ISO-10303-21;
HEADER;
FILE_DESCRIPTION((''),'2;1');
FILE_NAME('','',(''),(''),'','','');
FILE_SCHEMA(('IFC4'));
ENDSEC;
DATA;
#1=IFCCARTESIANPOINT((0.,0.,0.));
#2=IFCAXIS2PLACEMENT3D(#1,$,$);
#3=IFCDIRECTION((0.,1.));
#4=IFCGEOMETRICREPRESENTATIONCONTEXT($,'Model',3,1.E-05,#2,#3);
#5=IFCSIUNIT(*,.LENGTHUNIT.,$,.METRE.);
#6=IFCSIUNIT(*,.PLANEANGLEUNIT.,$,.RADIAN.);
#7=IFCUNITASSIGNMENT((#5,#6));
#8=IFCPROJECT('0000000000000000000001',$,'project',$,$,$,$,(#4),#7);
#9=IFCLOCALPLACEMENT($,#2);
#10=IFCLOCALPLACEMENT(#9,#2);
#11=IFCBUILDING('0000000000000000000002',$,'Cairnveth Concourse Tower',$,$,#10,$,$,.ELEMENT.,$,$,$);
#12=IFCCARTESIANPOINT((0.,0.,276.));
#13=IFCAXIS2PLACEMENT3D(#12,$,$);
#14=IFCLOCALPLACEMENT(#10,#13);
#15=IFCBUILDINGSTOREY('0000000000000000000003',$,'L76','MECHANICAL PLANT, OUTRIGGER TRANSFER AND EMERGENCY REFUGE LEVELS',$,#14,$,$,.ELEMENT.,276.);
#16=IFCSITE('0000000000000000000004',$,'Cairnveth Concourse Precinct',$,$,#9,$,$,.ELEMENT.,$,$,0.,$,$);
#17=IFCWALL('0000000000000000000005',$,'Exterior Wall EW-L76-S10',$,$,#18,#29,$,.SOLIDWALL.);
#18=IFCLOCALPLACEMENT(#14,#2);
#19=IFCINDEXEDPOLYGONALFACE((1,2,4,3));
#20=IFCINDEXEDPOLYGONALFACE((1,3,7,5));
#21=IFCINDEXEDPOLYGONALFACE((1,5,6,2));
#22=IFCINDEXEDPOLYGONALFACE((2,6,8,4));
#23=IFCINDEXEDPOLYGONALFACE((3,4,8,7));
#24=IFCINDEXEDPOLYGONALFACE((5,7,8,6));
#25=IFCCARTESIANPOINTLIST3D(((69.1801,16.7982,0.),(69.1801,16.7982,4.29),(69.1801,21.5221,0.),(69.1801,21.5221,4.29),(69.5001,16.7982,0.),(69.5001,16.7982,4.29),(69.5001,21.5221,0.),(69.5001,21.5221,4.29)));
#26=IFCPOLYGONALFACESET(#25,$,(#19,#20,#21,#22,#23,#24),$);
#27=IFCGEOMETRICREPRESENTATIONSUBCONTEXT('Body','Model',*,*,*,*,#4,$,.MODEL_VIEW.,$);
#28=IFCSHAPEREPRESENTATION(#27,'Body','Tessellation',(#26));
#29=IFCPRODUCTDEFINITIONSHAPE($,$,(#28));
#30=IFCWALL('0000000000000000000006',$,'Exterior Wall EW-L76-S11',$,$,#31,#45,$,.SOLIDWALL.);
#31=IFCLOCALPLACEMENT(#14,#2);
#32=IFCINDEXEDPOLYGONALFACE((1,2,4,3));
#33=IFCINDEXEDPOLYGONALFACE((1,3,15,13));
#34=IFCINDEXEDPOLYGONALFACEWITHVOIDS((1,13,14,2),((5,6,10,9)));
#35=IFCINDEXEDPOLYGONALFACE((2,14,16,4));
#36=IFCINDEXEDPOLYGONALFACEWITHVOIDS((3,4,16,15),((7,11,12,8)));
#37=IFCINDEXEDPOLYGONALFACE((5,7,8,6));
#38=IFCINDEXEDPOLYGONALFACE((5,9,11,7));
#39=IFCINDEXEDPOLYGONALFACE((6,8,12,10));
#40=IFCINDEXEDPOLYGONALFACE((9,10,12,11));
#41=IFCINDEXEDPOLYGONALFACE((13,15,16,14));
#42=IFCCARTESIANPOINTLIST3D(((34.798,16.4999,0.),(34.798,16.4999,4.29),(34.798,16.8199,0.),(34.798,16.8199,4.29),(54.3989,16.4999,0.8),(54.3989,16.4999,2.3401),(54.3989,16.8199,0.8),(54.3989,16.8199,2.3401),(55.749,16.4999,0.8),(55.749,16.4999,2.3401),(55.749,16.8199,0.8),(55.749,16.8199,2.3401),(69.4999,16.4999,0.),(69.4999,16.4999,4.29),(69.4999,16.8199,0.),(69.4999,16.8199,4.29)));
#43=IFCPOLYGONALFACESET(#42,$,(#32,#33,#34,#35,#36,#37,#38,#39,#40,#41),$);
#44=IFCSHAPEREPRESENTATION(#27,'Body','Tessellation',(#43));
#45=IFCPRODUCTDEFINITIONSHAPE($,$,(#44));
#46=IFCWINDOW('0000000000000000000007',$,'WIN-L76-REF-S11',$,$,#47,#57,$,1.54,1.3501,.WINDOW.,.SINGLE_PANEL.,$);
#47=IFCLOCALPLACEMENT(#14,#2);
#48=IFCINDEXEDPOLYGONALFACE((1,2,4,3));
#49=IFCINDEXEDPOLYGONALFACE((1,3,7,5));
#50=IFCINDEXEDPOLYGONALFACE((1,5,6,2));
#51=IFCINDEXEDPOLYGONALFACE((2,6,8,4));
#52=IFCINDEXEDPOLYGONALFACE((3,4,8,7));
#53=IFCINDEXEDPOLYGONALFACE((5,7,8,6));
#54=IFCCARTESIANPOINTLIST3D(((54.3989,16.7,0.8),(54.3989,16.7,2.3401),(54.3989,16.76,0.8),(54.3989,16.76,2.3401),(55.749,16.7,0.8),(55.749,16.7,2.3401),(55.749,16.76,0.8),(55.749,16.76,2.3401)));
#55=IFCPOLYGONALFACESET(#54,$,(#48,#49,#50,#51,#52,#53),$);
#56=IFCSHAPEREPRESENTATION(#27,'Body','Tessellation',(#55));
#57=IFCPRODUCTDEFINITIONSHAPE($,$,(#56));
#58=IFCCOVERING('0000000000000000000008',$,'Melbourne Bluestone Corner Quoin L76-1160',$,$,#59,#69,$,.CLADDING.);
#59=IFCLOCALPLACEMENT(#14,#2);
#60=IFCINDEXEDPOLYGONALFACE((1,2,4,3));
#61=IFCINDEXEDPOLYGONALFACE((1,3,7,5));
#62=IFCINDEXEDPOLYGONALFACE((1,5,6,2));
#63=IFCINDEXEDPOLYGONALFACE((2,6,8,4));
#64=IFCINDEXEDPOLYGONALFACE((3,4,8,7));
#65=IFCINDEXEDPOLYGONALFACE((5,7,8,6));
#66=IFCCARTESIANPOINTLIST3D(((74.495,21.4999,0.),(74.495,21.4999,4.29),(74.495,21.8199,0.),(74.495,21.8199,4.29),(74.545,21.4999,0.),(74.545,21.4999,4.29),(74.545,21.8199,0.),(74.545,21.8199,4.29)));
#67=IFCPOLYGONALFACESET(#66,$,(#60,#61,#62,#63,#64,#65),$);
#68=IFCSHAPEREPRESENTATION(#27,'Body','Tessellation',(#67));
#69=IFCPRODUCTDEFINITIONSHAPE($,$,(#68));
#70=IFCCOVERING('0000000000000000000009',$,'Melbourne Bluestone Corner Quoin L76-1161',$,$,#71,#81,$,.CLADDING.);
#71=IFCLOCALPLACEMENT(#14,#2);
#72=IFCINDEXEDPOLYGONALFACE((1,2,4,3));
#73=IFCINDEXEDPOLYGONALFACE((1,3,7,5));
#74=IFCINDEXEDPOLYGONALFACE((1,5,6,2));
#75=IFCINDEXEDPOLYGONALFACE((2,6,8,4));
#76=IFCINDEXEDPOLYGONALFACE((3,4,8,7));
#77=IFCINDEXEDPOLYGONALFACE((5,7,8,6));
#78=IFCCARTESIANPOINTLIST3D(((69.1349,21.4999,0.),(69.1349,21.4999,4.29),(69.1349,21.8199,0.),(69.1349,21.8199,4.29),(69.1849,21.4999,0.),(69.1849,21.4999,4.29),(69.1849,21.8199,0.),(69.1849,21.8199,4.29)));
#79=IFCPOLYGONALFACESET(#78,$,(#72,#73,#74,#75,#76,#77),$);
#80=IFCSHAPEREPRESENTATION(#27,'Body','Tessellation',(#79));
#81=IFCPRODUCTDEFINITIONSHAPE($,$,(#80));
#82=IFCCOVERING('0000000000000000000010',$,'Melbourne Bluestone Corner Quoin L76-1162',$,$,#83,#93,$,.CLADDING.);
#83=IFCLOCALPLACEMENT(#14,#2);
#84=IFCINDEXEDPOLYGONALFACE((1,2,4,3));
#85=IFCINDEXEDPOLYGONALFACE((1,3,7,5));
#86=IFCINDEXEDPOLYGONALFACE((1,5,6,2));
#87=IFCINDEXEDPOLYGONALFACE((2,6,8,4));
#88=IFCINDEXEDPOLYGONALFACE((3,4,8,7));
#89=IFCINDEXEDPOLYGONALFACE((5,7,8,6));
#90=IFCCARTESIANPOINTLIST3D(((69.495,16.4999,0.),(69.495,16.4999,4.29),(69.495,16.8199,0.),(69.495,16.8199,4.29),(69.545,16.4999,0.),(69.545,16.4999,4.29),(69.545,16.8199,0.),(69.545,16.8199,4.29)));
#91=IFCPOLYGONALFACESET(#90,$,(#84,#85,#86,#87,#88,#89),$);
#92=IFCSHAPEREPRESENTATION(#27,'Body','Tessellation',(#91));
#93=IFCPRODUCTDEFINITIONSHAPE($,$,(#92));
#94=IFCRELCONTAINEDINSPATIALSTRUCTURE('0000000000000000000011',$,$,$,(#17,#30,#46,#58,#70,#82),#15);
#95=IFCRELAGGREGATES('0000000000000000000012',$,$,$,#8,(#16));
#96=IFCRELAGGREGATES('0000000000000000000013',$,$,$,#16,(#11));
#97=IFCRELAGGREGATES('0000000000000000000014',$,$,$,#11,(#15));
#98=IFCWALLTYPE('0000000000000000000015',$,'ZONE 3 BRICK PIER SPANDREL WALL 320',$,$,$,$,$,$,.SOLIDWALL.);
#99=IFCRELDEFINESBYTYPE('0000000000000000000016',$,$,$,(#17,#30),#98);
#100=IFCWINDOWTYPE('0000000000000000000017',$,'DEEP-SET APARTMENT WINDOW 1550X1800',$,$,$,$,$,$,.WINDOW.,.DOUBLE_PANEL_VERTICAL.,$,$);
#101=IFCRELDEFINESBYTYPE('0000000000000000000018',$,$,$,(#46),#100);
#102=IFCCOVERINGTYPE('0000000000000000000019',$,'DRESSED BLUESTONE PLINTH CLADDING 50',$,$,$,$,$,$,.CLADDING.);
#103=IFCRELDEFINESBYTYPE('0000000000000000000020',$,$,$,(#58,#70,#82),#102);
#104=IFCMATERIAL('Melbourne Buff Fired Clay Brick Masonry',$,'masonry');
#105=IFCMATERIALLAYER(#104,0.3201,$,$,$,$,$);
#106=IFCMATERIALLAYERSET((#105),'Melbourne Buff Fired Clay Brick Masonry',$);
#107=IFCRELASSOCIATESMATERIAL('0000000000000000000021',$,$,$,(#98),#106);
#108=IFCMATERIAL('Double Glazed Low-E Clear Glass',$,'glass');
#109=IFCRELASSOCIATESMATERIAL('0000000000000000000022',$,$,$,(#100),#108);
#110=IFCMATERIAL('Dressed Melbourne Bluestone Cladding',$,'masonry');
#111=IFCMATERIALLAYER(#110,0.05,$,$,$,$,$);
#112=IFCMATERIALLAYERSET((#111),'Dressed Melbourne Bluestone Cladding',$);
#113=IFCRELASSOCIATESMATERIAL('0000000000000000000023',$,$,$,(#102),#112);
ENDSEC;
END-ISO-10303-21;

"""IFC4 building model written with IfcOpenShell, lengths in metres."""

from ifc_helpers import new_model, si_unit, direction, frame, frame_2d, origin, place, context, subcontext, project, spatial, rectangle, extrude, material, layer, layer_set, type_object, element, fill, save


model = new_model("IFC4")

# Units and contexts
model_context = context("Model", 3, precision=1e-05, world=origin(), true_north=direction((0.0, 1.0)))
body_context = subcontext(model_context, "Body", "Model", "MODEL_VIEW")
ifc_project = project(units=[si_unit("LENGTHUNIT", "METRE"), si_unit("PLANEANGLEUNIT", "RADIAN")], contexts=[model_context])

# Site, building, storey
site_placement = place(None, origin())
site = spatial("IfcSite", under=ifc_project, at=site_placement, Name="Cairnveth Concourse Precinct", CompositionType="ELEMENT", RefElevation=0.0)
building_placement = place(site_placement, origin())
building = spatial("IfcBuilding", under=site, at=building_placement, Name="Cairnveth Concourse Tower", CompositionType="ELEMENT")
storey_placement = place(building_placement, frame((0.0, 0.0, 276.0)))
storey = spatial("IfcBuildingStorey", under=building, at=storey_placement, Name="L76", Description="MECHANICAL PLANT, OUTRIGGER TRANSFER AND EMERGENCY REFUGE LEVELS", CompositionType="ELEMENT", Elevation=276.0)

# Wall
ifc_material_1 = material(Name="Melbourne Buff Fired Clay Brick Masonry", Category="masonry")
ifc_layer_1 = layer(ifc_material_1, 0.3201)
ifc_layer_set_1 = layer_set([ifc_layer_1], Name="Melbourne Buff Fired Clay Brick Masonry")
wall_type = type_object("IfcWallType", Name="ZONE 3 BRICK PIER SPANDREL WALL 320", PredefinedType="SOLIDWALL", material=ifc_layer_set_1)
wall_1_placement = place(storey_placement, frame((69.3401, 21.522, 0.0), z_axis=(0.0, 0.0, 1.0), x_axis=(0.0, -1.0, 0.0)))
element("IfcWall", 1, at=wall_1_placement, inside=storey, type_object=wall_type, Name="Exterior Wall EW-L76-S10", PredefinedType="SOLIDWALL", context=body_context, shape_type="SweptSolid", body=[
    extrude(rectangle(XDim=4.7239, YDim=0.3201, at=frame_2d((2.3618, 0.0))), origin(), (0.0, 0.0, 1.0), 4.29),
])

# Wall, opening, window
wall_2_placement = place(storey_placement, frame((69.5, 16.6599, 0.0), z_axis=(0.0, 0.0, 1.0), x_axis=(-1.0, 0.0, 0.0)))
wall_2 = element("IfcWall", 2, at=wall_2_placement, inside=storey, type_object=wall_type, Name="Exterior Wall EW-L76-S11", PredefinedType="SOLIDWALL", context=body_context, shape_type="SweptSolid", body=[
    extrude(rectangle(XDim=34.7019, YDim=0.3201, at=frame_2d((17.3511, 0.0))), origin(), (0.0, 0.0, 1.0), 4.29),
])
opening_placement = place(wall_2_placement, frame((13.751, 0.0, 0.8)))
opening = element("IfcOpeningElement", 3, at=opening_placement, cuts=wall_2, PredefinedType="OPENING", context=body_context, shape_type="SweptSolid", body=[
    extrude(rectangle(XDim=1.3501, YDim=1.54, at=frame_2d((0.675, 0.77))), frame((0.0, 0.1699, 0.0), z_axis=(0.0, -1.0, 0.0), x_axis=(1.0, 0.0, 0.0)), (0.0, 0.0, 1.0), 0.3401),
])
ifc_material_2 = material(Name="Double Glazed Low-E Clear Glass", Category="glass")
window_type = type_object("IfcWindowType", Name="DEEP-SET APARTMENT WINDOW 1550X1800", PartitioningType="DOUBLE_PANEL_VERTICAL", PredefinedType="WINDOW", material=ifc_material_2)
window_placement = place(opening_placement, origin())
window = element("IfcWindow", 4, at=window_placement, inside=storey, type_object=window_type, Name="WIN-L76-REF-S11", OverallHeight=1.54, OverallWidth=1.3501, PartitioningType="SINGLE_PANEL", PredefinedType="WINDOW", context=body_context, shape_type="SweptSolid", body=[
    extrude(rectangle(XDim=1.3501, YDim=1.54, at=frame_2d((0.675, 0.77))), frame((0.0, -0.04, 0.0), z_axis=(0.0, -1.0, 0.0), x_axis=(1.0, 0.0, 0.0)), (0.0, 0.0, 1.0), 0.0601),
])
fill(opening, window)

# Coverings
ifc_material_3 = material(Name="Dressed Melbourne Bluestone Cladding", Category="masonry")
ifc_layer_2 = layer(ifc_material_3, 0.05)
ifc_layer_set_2 = layer_set([ifc_layer_2], Name="Dressed Melbourne Bluestone Cladding")
covering_type = type_object("IfcCoveringType", Name="DRESSED BLUESTONE PLINTH CLADDING 50", PredefinedType="CLADDING", material=ifc_layer_set_2)
for number, where, z_axis, x_axis, name in (
    (5, (74.52, 21.8201, 0.0), (0.0, 0.0, 1.0), (0.0, -1.0, 0.0), "Melbourne Bluestone Corner Quoin L76-1160"),
    (6, (69.1599, 21.8201, 0.0), (0.0, 0.0, 1.0), (0.0, -1.0, 0.0), "Melbourne Bluestone Corner Quoin L76-1161"),
    (7, (69.52, 16.8201, 0.0), (0.0, 0.0, 1.0), (0.0, -1.0, 0.0), "Melbourne Bluestone Corner Quoin L76-1162"),
):
    element("IfcCovering", number, at=place(storey_placement, frame(where, z_axis=z_axis, x_axis=x_axis)), inside=storey, type_object=covering_type, Name=name, PredefinedType="CLADDING", context=body_context, shape_type="SweptSolid", body=[
        extrude(rectangle(XDim=0.3201, YDim=0.05, at=frame_2d((0.1602, 0.0))), origin(), (0.0, 0.0, 1.0), 4.29),
    ])

save(model, "model.ifc")
